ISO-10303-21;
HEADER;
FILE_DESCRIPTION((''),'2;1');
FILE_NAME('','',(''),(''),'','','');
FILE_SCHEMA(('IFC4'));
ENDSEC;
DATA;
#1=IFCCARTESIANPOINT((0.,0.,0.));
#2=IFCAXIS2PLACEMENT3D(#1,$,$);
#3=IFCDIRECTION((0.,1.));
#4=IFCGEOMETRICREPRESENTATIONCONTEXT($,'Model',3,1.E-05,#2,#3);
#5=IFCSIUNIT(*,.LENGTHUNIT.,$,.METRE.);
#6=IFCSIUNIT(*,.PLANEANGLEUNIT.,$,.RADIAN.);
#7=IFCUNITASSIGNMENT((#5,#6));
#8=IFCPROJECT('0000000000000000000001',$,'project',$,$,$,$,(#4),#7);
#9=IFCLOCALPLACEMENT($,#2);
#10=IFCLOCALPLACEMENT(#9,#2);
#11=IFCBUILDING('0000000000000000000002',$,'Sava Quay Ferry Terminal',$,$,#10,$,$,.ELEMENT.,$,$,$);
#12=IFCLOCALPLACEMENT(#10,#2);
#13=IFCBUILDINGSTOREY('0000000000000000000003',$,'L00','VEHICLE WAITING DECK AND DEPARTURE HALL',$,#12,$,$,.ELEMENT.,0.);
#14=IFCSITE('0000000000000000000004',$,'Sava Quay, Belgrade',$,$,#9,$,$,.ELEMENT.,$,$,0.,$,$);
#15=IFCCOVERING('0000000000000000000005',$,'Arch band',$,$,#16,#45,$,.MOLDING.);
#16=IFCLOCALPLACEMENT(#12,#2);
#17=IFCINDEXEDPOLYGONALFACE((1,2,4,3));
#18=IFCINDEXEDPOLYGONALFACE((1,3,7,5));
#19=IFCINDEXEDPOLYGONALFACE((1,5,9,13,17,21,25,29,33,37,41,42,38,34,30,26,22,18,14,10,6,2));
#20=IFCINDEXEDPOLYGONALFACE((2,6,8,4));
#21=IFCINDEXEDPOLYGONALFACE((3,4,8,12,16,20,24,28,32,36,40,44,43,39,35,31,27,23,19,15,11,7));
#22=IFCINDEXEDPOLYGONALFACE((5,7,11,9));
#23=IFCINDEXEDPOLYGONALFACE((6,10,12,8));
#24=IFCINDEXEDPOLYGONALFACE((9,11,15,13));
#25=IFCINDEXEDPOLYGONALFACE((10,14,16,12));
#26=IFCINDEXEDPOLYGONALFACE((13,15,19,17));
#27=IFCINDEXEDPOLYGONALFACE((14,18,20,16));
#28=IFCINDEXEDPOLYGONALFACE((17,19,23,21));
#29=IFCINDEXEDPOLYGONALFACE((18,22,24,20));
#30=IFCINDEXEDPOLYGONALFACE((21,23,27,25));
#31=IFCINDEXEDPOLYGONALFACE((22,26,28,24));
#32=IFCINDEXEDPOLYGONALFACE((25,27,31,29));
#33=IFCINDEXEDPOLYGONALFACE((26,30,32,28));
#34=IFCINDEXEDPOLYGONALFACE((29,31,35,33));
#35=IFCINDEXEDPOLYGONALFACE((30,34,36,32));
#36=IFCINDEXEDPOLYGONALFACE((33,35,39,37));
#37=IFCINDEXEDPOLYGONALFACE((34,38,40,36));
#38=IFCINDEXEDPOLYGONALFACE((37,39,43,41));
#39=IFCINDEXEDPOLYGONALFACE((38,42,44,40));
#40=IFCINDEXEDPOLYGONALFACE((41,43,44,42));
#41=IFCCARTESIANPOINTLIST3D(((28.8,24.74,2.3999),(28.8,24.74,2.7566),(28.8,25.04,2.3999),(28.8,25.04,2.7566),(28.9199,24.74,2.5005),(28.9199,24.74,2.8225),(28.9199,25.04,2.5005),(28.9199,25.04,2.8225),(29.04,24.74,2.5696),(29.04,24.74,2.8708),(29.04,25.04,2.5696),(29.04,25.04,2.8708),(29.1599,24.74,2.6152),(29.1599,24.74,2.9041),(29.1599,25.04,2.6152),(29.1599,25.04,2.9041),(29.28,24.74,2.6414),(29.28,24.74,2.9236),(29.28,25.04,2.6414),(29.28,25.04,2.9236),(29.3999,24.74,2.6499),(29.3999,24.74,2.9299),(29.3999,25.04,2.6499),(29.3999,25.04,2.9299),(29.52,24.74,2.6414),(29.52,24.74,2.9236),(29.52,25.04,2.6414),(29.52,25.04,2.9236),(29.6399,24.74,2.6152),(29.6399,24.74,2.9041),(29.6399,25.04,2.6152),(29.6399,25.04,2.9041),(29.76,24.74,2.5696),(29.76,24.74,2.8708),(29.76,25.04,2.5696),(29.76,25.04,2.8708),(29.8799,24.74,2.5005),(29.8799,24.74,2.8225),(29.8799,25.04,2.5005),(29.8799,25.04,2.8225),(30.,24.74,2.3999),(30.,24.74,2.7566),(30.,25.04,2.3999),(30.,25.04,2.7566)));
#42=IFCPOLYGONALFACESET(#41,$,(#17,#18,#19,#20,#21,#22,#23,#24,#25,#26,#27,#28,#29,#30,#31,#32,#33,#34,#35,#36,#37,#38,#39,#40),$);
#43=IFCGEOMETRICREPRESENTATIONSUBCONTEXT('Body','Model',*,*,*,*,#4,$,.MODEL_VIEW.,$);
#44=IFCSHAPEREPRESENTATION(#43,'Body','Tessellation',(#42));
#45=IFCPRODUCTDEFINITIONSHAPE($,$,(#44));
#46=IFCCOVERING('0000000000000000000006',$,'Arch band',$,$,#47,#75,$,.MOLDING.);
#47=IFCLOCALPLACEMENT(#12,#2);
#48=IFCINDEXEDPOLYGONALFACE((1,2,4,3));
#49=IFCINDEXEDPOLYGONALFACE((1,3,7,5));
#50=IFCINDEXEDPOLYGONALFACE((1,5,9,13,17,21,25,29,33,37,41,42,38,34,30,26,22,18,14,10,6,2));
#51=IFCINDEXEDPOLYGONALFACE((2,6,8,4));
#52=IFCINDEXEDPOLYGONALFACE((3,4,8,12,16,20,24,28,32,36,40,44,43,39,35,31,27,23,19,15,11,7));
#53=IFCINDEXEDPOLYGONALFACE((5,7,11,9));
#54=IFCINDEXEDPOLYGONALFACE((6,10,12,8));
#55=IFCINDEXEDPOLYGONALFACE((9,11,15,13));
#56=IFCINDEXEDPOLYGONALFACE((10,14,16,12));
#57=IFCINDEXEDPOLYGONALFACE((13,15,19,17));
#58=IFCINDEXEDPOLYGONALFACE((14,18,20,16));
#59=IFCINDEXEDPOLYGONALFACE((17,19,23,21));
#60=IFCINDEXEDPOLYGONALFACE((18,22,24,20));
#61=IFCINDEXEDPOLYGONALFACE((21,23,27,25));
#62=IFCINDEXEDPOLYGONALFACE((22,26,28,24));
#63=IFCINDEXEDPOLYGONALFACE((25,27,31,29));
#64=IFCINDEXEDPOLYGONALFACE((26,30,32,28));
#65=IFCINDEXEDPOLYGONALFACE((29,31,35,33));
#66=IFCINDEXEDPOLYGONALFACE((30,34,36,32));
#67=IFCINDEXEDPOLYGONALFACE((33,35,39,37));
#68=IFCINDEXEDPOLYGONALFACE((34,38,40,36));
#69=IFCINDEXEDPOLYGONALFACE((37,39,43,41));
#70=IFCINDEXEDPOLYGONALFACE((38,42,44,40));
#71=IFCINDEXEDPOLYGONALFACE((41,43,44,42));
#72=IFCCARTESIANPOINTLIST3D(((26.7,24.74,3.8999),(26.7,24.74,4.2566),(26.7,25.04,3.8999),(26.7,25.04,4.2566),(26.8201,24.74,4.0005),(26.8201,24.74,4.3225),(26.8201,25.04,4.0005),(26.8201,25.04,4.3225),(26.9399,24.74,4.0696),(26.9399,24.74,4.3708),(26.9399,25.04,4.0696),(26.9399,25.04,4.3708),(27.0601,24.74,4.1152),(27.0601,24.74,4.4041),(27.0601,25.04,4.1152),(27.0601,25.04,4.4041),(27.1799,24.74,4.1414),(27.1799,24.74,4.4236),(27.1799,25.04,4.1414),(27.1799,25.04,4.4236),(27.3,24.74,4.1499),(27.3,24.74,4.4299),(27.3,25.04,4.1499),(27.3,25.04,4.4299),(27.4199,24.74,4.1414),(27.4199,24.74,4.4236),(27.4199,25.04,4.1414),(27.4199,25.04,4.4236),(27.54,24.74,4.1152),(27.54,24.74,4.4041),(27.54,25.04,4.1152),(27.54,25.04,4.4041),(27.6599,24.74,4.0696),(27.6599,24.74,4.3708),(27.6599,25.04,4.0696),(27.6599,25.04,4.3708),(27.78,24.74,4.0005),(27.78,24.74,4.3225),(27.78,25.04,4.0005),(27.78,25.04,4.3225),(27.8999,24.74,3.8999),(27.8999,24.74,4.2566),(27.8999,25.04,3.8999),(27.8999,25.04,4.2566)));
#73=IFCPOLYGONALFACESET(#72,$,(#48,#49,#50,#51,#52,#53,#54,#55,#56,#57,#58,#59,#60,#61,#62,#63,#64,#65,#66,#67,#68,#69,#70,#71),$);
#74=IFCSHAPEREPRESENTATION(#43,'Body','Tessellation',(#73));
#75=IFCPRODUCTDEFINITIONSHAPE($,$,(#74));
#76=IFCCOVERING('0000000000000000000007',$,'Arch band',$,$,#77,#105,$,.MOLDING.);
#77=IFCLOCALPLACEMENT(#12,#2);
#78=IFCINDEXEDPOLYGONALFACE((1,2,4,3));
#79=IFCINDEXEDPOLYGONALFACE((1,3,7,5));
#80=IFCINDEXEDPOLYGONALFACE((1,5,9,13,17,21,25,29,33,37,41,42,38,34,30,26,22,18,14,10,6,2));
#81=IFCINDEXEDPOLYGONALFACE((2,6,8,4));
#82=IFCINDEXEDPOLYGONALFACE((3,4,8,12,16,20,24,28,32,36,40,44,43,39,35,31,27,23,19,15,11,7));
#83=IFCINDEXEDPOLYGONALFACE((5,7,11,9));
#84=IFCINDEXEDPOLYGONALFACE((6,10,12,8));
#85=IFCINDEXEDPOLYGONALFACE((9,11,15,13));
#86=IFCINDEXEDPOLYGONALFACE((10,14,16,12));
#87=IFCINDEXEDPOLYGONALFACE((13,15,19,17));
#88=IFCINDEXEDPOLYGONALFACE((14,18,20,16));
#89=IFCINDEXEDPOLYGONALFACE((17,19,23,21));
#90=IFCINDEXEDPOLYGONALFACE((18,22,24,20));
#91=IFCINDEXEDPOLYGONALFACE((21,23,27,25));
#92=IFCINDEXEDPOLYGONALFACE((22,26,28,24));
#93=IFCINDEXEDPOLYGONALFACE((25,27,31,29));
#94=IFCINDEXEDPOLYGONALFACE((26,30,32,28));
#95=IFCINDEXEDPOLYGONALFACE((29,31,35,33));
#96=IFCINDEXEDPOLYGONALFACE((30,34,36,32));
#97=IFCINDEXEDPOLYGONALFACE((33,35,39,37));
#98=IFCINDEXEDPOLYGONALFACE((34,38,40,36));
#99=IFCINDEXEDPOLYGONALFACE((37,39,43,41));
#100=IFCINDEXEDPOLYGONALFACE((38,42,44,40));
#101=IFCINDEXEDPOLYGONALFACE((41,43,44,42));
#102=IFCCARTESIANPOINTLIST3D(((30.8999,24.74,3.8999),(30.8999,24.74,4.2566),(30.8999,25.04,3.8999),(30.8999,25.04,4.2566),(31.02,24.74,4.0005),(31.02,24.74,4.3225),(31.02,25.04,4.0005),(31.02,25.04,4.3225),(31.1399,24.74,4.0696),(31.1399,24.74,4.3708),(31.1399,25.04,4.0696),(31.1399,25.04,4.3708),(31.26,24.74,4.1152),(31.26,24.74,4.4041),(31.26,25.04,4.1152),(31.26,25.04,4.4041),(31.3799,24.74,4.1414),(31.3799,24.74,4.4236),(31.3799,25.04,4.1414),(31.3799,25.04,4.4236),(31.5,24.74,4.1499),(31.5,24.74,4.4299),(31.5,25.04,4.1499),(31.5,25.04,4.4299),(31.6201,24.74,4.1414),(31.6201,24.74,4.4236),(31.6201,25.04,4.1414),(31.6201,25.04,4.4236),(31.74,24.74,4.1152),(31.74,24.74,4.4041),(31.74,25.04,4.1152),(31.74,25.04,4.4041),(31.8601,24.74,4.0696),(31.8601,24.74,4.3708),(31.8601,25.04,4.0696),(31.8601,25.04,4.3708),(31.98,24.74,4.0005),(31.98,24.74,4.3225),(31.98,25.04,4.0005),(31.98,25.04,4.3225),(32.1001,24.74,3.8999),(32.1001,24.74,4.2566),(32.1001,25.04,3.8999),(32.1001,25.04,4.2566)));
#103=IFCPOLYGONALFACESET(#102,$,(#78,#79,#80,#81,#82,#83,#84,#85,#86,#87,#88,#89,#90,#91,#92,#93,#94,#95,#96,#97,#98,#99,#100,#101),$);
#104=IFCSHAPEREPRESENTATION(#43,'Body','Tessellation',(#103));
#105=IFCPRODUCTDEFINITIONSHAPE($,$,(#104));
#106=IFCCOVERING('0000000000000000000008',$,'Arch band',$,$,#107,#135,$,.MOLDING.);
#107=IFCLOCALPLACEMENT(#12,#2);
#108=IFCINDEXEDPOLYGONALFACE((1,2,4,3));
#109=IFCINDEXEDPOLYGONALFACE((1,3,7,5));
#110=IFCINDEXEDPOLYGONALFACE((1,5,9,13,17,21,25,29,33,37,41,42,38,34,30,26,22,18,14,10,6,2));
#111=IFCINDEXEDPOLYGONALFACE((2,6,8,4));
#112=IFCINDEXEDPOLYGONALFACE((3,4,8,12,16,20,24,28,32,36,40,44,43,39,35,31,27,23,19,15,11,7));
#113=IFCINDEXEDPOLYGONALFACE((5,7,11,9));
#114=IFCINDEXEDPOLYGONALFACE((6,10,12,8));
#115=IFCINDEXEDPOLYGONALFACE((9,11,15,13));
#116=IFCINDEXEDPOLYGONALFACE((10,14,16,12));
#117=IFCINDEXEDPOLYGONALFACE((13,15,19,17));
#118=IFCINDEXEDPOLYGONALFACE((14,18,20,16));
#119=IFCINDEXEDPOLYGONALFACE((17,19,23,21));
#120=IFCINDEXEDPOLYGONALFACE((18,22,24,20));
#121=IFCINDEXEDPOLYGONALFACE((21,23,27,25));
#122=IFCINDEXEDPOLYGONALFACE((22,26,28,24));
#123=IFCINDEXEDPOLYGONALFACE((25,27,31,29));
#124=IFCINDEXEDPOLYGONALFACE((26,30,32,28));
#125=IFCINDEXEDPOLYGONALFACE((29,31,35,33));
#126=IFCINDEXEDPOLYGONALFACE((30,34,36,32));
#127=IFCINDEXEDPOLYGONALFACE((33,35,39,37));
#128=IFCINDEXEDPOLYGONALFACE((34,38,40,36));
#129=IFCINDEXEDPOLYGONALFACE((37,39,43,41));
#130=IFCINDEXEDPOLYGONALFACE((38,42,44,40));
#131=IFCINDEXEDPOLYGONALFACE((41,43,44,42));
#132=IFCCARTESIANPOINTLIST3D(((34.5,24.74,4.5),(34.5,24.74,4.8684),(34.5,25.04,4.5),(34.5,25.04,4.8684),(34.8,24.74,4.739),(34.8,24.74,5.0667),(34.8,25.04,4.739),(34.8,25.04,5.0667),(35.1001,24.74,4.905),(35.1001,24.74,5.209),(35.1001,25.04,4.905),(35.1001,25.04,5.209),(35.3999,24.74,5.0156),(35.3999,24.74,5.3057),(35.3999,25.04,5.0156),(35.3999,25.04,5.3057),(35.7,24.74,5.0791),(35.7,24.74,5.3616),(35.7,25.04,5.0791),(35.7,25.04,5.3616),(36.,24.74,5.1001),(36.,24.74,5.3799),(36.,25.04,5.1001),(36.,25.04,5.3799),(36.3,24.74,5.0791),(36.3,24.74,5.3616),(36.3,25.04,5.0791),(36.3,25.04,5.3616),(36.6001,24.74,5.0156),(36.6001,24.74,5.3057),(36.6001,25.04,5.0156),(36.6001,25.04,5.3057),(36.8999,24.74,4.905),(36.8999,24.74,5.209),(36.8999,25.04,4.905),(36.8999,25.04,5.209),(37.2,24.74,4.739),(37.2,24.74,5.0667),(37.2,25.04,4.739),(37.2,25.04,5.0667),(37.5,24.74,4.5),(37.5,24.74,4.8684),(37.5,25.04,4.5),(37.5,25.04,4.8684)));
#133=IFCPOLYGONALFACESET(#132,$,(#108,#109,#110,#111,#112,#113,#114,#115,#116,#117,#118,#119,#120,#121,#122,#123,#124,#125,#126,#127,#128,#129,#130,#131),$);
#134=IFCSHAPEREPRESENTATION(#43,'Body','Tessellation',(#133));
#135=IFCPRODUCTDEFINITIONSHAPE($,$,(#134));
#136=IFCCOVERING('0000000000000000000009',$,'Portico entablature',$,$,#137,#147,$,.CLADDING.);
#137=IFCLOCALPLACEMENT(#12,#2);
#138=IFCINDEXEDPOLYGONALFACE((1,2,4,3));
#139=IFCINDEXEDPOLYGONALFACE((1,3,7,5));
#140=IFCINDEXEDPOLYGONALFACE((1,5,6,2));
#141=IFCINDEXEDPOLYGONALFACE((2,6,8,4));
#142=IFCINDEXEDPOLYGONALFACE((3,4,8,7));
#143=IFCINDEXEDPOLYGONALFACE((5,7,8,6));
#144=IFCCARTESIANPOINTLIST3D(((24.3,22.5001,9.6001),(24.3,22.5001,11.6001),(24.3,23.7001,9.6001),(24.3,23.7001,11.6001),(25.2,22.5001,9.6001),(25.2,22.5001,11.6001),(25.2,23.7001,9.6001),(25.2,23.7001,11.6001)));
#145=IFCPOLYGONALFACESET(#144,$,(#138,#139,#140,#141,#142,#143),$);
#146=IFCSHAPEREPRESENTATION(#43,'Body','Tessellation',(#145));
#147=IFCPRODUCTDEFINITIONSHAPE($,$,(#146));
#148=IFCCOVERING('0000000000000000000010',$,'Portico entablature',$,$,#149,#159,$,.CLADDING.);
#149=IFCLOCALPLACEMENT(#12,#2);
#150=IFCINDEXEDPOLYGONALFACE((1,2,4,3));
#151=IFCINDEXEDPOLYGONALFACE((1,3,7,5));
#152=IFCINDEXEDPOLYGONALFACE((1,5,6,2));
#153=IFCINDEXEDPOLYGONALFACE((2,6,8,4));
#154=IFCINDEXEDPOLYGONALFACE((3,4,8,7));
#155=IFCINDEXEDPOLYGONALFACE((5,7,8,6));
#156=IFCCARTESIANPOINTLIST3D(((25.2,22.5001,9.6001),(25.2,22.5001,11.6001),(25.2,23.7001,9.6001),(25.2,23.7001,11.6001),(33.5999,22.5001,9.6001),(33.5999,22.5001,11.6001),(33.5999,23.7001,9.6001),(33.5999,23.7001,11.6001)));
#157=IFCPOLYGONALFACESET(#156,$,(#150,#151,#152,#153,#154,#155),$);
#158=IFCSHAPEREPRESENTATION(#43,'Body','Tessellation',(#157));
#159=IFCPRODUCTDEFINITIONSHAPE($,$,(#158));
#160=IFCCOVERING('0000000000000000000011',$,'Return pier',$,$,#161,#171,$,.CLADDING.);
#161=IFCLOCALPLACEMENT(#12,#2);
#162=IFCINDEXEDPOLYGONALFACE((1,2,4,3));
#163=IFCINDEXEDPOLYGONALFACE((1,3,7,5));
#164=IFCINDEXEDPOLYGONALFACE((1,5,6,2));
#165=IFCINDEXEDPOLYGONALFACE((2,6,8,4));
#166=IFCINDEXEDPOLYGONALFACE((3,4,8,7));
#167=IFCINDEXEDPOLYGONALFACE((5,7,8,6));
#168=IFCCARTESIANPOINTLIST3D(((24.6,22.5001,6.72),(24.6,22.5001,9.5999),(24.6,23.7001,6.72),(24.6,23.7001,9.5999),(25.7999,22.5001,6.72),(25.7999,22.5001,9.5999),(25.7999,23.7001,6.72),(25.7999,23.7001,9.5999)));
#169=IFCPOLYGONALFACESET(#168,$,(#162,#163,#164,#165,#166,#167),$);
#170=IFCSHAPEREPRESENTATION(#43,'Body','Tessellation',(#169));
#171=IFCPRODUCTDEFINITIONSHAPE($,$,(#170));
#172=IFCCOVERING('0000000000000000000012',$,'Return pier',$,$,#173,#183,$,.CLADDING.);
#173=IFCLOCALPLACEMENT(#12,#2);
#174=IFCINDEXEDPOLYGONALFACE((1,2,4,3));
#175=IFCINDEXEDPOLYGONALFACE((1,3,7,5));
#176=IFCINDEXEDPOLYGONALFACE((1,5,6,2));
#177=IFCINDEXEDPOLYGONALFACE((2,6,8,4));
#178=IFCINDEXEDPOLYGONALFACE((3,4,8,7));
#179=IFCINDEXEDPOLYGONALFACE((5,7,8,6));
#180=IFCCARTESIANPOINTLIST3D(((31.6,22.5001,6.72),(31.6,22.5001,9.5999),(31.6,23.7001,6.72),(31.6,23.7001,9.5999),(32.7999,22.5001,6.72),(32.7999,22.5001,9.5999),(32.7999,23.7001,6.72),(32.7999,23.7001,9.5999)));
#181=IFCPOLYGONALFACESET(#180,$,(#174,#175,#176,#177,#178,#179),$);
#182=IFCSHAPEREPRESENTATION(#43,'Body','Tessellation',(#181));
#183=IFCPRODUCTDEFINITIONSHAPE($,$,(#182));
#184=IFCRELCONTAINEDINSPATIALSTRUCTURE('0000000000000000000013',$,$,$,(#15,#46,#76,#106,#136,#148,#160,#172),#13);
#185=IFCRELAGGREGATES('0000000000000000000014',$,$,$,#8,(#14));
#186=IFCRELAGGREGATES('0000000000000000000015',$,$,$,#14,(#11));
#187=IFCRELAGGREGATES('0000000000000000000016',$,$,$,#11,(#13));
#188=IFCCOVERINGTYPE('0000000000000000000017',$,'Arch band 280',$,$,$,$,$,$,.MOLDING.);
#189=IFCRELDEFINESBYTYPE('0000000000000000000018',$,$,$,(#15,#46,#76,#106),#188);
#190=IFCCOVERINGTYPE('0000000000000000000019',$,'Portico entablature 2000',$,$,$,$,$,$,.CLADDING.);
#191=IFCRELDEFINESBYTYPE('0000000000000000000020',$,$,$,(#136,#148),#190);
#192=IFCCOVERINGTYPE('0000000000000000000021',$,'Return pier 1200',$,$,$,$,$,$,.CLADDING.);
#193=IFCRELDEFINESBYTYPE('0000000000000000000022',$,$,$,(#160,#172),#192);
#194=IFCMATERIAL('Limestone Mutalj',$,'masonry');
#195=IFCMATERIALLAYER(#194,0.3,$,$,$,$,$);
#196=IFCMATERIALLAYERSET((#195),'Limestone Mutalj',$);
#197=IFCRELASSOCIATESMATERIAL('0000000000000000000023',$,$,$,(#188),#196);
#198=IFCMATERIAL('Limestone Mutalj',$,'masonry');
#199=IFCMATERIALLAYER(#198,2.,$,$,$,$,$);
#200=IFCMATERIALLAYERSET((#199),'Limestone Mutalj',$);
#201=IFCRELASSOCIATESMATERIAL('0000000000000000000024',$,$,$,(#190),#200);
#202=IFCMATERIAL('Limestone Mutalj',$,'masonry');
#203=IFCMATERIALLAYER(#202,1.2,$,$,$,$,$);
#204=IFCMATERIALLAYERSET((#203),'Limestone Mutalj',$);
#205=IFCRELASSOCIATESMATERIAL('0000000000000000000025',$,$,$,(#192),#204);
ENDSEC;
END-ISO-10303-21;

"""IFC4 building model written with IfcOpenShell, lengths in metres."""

from ifc_helpers import new_model, si_unit, direction, frame, origin, origin_2d, place, context, subcontext, project, spatial, polyline, rectangle, outline, extrude, material, layer, layer_set, type_object, element, save


model = new_model("IFC4")

# Units and contexts
model_context = context("Model", 3, precision=1e-05, world=origin(), true_north=direction((0.0, 1.0)))
body_context = subcontext(model_context, "Body", "Model", "MODEL_VIEW")
ifc_project = project(units=[si_unit("LENGTHUNIT", "METRE"), si_unit("PLANEANGLEUNIT", "RADIAN")], contexts=[model_context])

# Site, building, storey
site_placement = place(None, origin())
site = spatial("IfcSite", under=ifc_project, at=site_placement, Name="Sava Quay, Belgrade", CompositionType="ELEMENT", RefElevation=0.0)
building_placement = place(site_placement, origin())
building = spatial("IfcBuilding", under=site, at=building_placement, Name="Sava Quay Ferry Terminal", CompositionType="ELEMENT")
storey_placement = place(building_placement, origin())
storey = spatial("IfcBuildingStorey", under=building, at=storey_placement, Name="L00", Description="VEHICLE WAITING DECK AND DEPARTURE HALL", CompositionType="ELEMENT", Elevation=0.0)

# Coverings
ifc_material_1 = material(Name="Limestone Mutalj", Category="masonry")
ifc_layer_1 = layer(ifc_material_1, 0.3)
ifc_layer_set_1 = layer_set([ifc_layer_1], Name="Limestone Mutalj")
covering_type_1 = type_object("IfcCoveringType", Name="Arch band 280", PredefinedType="MOLDING", material=ifc_layer_set_1)
covering_1_placement = place(storey_placement, frame((28.8, 24.74, 2.3999), z_axis=(0.0, -1.0, 0.0), x_axis=(0.766043, 0.0, 0.64279)))
element("IfcCovering", 1, at=covering_1_placement, inside=storey, type_object=covering_type_1, Name="Arch band", PredefinedType="MOLDING", context=body_context, shape_type="SweptSolid", body=[
    extrude(outline(polyline([(0.0, 0.0), (0.1565, 0.0), (0.2929, -0.0243), (0.4141, -0.0664), (0.5229, -0.1236), (0.6202, -0.1941), (0.7067, -0.2778), (0.7818, -0.3749), (0.8444, -0.4871), (0.8919, -0.6171), (0.9192, -0.7713), (1.1485, -0.4981), (1.0988, -0.3704), (1.0381, -0.2563), (0.9674, -0.1536), (0.8881, -0.0616), (0.8002, 0.0204), (0.7043, 0.0926), (0.5997, 0.1549), (0.4866, 0.2065), (0.3635, 0.2467), (0.2293, 0.2732), (0.0, 0.0)])), origin(), (0.0, 0.0, -1.0), 0.3),
])
covering_2_placement = place(storey_placement, frame((26.7, 24.74, 3.8999), z_axis=(0.0, -1.0, 0.0), x_axis=(0.766686, 0.0, 0.642022)))
element("IfcCovering", 2, at=covering_2_placement, inside=storey, type_object=covering_type_1, Name="Arch band", PredefinedType="MOLDING", context=body_context, shape_type="SweptSolid", body=[
    extrude(outline(polyline([(0.0, 0.0), (0.1567, 0.0), (0.2929, -0.024), (0.4143, -0.0661), (0.523, -0.123), (0.6206, -0.1936), (0.707, -0.2771), (0.7823, -0.3743), (0.8449, -0.4862), (0.8927, -0.6163), (0.92, -0.7704), (1.149, -0.4969), (1.0994, -0.3694), (1.0383, -0.2552), (0.9678, -0.1528), (0.8882, -0.0607), (0.8004, 0.0211), (0.7042, 0.0933), (0.5998, 0.1553), (0.4864, 0.207), (0.3634, 0.2469), (0.229, 0.2735), (0.0, 0.0)])), origin(), (0.0, 0.0, -1.0), 0.3),
])
covering_3_placement = place(storey_placement, frame((30.8999, 24.74, 3.8999), z_axis=(0.0, -1.0, 0.0), x_axis=(0.766686, 0.0, 0.642022)))
element("IfcCovering", 3, at=covering_3_placement, inside=storey, type_object=covering_type_1, Name="Arch band", PredefinedType="MOLDING", context=body_context, shape_type="SweptSolid", body=[
    extrude(outline(polyline([(0.0, 0.0), (0.1567, 0.0), (0.2929, -0.024), (0.4143, -0.0661), (0.523, -0.123), (0.6206, -0.1936), (0.7072, -0.2773), (0.7823, -0.3743), (0.8451, -0.4864), (0.8927, -0.6163), (0.9202, -0.7706), (1.1492, -0.4971), (1.0994, -0.3694), (1.0385, -0.2554), (0.9678, -0.1528), (0.8884, -0.0609), (0.8004, 0.0211), (0.7042, 0.0933), (0.5998, 0.1553), (0.4864, 0.207), (0.3634, 0.2469), (0.229, 0.2735), (0.0, 0.0)])), origin(), (0.0, 0.0, -1.0), 0.3),
])
covering_4_placement = place(storey_placement, frame((34.5, 24.74, 4.5), z_axis=(0.0, -1.0, 0.0), x_axis=(0.782171, 0.0, 0.623064)))
element("IfcCovering", 4, at=covering_4_placement, inside=storey, type_object=covering_type_1, Name="Arch band", PredefinedType="MOLDING", context=body_context, shape_type="SweptSolid", body=[
    extrude(outline(polyline([(0.0, 0.0), (0.3836, 0.0), (0.7217, -0.0571), (1.0251, -0.1574), (1.2994, -0.2947), (1.5472, -0.4652), (1.7688, -0.6686), (1.9639, -0.9052), (2.1295, -1.1785), (2.2607, -1.4953), (2.3465, -1.8692), (2.5761, -1.581), (2.4649, -1.239), (2.3189, -0.9407), (2.1446, -0.6783), (1.9448, -0.4476), (1.7215, -0.2464), (1.4754, -0.0737), (1.2059, 0.0695), (0.9111, 0.1806), (0.5877, 0.2563), (0.2295, 0.2882), (0.0, 0.0)])), origin(), (0.0, 0.0, -1.0), 0.3),
])
ifc_material_2 = material(Name="Limestone Mutalj", Category="masonry")
ifc_layer_2 = layer(ifc_material_2, 2.0)
ifc_layer_set_2 = layer_set([ifc_layer_2], Name="Limestone Mutalj")
covering_type_2 = type_object("IfcCoveringType", Name="Portico entablature 2000", PredefinedType="CLADDING", material=ifc_layer_set_2)
covering_5_placement = place(storey_placement, frame((24.75, 23.1001, 9.6001), z_axis=(0.0, 0.0, 1.0), x_axis=(1.0, 0.0, 0.0)))
element("IfcCovering", 5, at=covering_5_placement, inside=storey, type_object=covering_type_2, Name="Portico entablature", PredefinedType="CLADDING", context=body_context, shape_type="SweptSolid", body=[
    extrude(rectangle(XDim=0.8999, YDim=1.2, at=origin_2d()), origin(), (0.0, 0.0, 1.0), 2.0),
])
covering_6_placement = place(storey_placement, frame((29.3999, 23.1001, 9.6001), z_axis=(0.0, 0.0, 1.0), x_axis=(1.0, 0.0, 0.0)))
element("IfcCovering", 6, at=covering_6_placement, inside=storey, type_object=covering_type_2, Name="Portico entablature", PredefinedType="CLADDING", context=body_context, shape_type="SweptSolid", body=[
    extrude(rectangle(XDim=8.3999, YDim=1.2, at=origin_2d()), origin(), (0.0, 0.0, 1.0), 2.0),
])
ifc_material_3 = material(Name="Limestone Mutalj", Category="masonry")
ifc_layer_3 = layer(ifc_material_3, 1.2)
ifc_layer_set_3 = layer_set([ifc_layer_3], Name="Limestone Mutalj")
covering_type_3 = type_object("IfcCoveringType", Name="Return pier 1200", PredefinedType="CLADDING", material=ifc_layer_set_3)
for number, where, z_axis, x_axis, name in (
    (7, (25.2, 23.1001, 6.72), (0.0, 0.0, 1.0), (1.0, 0.0, 0.0), "Return pier"),
    (8, (32.2, 23.1001, 6.72), (0.0, 0.0, 1.0), (1.0, 0.0, 0.0), "Return pier"),
):
    element("IfcCovering", number, at=place(storey_placement, frame(where, z_axis=z_axis, x_axis=x_axis)), inside=storey, type_object=covering_type_3, Name=name, PredefinedType="CLADDING", context=body_context, shape_type="SweptSolid", body=[
        extrude(rectangle(XDim=1.2, YDim=1.2, at=origin_2d()), origin(), (0.0, 0.0, 1.0), 2.8799),
    ])

save(model, "model.ifc")
